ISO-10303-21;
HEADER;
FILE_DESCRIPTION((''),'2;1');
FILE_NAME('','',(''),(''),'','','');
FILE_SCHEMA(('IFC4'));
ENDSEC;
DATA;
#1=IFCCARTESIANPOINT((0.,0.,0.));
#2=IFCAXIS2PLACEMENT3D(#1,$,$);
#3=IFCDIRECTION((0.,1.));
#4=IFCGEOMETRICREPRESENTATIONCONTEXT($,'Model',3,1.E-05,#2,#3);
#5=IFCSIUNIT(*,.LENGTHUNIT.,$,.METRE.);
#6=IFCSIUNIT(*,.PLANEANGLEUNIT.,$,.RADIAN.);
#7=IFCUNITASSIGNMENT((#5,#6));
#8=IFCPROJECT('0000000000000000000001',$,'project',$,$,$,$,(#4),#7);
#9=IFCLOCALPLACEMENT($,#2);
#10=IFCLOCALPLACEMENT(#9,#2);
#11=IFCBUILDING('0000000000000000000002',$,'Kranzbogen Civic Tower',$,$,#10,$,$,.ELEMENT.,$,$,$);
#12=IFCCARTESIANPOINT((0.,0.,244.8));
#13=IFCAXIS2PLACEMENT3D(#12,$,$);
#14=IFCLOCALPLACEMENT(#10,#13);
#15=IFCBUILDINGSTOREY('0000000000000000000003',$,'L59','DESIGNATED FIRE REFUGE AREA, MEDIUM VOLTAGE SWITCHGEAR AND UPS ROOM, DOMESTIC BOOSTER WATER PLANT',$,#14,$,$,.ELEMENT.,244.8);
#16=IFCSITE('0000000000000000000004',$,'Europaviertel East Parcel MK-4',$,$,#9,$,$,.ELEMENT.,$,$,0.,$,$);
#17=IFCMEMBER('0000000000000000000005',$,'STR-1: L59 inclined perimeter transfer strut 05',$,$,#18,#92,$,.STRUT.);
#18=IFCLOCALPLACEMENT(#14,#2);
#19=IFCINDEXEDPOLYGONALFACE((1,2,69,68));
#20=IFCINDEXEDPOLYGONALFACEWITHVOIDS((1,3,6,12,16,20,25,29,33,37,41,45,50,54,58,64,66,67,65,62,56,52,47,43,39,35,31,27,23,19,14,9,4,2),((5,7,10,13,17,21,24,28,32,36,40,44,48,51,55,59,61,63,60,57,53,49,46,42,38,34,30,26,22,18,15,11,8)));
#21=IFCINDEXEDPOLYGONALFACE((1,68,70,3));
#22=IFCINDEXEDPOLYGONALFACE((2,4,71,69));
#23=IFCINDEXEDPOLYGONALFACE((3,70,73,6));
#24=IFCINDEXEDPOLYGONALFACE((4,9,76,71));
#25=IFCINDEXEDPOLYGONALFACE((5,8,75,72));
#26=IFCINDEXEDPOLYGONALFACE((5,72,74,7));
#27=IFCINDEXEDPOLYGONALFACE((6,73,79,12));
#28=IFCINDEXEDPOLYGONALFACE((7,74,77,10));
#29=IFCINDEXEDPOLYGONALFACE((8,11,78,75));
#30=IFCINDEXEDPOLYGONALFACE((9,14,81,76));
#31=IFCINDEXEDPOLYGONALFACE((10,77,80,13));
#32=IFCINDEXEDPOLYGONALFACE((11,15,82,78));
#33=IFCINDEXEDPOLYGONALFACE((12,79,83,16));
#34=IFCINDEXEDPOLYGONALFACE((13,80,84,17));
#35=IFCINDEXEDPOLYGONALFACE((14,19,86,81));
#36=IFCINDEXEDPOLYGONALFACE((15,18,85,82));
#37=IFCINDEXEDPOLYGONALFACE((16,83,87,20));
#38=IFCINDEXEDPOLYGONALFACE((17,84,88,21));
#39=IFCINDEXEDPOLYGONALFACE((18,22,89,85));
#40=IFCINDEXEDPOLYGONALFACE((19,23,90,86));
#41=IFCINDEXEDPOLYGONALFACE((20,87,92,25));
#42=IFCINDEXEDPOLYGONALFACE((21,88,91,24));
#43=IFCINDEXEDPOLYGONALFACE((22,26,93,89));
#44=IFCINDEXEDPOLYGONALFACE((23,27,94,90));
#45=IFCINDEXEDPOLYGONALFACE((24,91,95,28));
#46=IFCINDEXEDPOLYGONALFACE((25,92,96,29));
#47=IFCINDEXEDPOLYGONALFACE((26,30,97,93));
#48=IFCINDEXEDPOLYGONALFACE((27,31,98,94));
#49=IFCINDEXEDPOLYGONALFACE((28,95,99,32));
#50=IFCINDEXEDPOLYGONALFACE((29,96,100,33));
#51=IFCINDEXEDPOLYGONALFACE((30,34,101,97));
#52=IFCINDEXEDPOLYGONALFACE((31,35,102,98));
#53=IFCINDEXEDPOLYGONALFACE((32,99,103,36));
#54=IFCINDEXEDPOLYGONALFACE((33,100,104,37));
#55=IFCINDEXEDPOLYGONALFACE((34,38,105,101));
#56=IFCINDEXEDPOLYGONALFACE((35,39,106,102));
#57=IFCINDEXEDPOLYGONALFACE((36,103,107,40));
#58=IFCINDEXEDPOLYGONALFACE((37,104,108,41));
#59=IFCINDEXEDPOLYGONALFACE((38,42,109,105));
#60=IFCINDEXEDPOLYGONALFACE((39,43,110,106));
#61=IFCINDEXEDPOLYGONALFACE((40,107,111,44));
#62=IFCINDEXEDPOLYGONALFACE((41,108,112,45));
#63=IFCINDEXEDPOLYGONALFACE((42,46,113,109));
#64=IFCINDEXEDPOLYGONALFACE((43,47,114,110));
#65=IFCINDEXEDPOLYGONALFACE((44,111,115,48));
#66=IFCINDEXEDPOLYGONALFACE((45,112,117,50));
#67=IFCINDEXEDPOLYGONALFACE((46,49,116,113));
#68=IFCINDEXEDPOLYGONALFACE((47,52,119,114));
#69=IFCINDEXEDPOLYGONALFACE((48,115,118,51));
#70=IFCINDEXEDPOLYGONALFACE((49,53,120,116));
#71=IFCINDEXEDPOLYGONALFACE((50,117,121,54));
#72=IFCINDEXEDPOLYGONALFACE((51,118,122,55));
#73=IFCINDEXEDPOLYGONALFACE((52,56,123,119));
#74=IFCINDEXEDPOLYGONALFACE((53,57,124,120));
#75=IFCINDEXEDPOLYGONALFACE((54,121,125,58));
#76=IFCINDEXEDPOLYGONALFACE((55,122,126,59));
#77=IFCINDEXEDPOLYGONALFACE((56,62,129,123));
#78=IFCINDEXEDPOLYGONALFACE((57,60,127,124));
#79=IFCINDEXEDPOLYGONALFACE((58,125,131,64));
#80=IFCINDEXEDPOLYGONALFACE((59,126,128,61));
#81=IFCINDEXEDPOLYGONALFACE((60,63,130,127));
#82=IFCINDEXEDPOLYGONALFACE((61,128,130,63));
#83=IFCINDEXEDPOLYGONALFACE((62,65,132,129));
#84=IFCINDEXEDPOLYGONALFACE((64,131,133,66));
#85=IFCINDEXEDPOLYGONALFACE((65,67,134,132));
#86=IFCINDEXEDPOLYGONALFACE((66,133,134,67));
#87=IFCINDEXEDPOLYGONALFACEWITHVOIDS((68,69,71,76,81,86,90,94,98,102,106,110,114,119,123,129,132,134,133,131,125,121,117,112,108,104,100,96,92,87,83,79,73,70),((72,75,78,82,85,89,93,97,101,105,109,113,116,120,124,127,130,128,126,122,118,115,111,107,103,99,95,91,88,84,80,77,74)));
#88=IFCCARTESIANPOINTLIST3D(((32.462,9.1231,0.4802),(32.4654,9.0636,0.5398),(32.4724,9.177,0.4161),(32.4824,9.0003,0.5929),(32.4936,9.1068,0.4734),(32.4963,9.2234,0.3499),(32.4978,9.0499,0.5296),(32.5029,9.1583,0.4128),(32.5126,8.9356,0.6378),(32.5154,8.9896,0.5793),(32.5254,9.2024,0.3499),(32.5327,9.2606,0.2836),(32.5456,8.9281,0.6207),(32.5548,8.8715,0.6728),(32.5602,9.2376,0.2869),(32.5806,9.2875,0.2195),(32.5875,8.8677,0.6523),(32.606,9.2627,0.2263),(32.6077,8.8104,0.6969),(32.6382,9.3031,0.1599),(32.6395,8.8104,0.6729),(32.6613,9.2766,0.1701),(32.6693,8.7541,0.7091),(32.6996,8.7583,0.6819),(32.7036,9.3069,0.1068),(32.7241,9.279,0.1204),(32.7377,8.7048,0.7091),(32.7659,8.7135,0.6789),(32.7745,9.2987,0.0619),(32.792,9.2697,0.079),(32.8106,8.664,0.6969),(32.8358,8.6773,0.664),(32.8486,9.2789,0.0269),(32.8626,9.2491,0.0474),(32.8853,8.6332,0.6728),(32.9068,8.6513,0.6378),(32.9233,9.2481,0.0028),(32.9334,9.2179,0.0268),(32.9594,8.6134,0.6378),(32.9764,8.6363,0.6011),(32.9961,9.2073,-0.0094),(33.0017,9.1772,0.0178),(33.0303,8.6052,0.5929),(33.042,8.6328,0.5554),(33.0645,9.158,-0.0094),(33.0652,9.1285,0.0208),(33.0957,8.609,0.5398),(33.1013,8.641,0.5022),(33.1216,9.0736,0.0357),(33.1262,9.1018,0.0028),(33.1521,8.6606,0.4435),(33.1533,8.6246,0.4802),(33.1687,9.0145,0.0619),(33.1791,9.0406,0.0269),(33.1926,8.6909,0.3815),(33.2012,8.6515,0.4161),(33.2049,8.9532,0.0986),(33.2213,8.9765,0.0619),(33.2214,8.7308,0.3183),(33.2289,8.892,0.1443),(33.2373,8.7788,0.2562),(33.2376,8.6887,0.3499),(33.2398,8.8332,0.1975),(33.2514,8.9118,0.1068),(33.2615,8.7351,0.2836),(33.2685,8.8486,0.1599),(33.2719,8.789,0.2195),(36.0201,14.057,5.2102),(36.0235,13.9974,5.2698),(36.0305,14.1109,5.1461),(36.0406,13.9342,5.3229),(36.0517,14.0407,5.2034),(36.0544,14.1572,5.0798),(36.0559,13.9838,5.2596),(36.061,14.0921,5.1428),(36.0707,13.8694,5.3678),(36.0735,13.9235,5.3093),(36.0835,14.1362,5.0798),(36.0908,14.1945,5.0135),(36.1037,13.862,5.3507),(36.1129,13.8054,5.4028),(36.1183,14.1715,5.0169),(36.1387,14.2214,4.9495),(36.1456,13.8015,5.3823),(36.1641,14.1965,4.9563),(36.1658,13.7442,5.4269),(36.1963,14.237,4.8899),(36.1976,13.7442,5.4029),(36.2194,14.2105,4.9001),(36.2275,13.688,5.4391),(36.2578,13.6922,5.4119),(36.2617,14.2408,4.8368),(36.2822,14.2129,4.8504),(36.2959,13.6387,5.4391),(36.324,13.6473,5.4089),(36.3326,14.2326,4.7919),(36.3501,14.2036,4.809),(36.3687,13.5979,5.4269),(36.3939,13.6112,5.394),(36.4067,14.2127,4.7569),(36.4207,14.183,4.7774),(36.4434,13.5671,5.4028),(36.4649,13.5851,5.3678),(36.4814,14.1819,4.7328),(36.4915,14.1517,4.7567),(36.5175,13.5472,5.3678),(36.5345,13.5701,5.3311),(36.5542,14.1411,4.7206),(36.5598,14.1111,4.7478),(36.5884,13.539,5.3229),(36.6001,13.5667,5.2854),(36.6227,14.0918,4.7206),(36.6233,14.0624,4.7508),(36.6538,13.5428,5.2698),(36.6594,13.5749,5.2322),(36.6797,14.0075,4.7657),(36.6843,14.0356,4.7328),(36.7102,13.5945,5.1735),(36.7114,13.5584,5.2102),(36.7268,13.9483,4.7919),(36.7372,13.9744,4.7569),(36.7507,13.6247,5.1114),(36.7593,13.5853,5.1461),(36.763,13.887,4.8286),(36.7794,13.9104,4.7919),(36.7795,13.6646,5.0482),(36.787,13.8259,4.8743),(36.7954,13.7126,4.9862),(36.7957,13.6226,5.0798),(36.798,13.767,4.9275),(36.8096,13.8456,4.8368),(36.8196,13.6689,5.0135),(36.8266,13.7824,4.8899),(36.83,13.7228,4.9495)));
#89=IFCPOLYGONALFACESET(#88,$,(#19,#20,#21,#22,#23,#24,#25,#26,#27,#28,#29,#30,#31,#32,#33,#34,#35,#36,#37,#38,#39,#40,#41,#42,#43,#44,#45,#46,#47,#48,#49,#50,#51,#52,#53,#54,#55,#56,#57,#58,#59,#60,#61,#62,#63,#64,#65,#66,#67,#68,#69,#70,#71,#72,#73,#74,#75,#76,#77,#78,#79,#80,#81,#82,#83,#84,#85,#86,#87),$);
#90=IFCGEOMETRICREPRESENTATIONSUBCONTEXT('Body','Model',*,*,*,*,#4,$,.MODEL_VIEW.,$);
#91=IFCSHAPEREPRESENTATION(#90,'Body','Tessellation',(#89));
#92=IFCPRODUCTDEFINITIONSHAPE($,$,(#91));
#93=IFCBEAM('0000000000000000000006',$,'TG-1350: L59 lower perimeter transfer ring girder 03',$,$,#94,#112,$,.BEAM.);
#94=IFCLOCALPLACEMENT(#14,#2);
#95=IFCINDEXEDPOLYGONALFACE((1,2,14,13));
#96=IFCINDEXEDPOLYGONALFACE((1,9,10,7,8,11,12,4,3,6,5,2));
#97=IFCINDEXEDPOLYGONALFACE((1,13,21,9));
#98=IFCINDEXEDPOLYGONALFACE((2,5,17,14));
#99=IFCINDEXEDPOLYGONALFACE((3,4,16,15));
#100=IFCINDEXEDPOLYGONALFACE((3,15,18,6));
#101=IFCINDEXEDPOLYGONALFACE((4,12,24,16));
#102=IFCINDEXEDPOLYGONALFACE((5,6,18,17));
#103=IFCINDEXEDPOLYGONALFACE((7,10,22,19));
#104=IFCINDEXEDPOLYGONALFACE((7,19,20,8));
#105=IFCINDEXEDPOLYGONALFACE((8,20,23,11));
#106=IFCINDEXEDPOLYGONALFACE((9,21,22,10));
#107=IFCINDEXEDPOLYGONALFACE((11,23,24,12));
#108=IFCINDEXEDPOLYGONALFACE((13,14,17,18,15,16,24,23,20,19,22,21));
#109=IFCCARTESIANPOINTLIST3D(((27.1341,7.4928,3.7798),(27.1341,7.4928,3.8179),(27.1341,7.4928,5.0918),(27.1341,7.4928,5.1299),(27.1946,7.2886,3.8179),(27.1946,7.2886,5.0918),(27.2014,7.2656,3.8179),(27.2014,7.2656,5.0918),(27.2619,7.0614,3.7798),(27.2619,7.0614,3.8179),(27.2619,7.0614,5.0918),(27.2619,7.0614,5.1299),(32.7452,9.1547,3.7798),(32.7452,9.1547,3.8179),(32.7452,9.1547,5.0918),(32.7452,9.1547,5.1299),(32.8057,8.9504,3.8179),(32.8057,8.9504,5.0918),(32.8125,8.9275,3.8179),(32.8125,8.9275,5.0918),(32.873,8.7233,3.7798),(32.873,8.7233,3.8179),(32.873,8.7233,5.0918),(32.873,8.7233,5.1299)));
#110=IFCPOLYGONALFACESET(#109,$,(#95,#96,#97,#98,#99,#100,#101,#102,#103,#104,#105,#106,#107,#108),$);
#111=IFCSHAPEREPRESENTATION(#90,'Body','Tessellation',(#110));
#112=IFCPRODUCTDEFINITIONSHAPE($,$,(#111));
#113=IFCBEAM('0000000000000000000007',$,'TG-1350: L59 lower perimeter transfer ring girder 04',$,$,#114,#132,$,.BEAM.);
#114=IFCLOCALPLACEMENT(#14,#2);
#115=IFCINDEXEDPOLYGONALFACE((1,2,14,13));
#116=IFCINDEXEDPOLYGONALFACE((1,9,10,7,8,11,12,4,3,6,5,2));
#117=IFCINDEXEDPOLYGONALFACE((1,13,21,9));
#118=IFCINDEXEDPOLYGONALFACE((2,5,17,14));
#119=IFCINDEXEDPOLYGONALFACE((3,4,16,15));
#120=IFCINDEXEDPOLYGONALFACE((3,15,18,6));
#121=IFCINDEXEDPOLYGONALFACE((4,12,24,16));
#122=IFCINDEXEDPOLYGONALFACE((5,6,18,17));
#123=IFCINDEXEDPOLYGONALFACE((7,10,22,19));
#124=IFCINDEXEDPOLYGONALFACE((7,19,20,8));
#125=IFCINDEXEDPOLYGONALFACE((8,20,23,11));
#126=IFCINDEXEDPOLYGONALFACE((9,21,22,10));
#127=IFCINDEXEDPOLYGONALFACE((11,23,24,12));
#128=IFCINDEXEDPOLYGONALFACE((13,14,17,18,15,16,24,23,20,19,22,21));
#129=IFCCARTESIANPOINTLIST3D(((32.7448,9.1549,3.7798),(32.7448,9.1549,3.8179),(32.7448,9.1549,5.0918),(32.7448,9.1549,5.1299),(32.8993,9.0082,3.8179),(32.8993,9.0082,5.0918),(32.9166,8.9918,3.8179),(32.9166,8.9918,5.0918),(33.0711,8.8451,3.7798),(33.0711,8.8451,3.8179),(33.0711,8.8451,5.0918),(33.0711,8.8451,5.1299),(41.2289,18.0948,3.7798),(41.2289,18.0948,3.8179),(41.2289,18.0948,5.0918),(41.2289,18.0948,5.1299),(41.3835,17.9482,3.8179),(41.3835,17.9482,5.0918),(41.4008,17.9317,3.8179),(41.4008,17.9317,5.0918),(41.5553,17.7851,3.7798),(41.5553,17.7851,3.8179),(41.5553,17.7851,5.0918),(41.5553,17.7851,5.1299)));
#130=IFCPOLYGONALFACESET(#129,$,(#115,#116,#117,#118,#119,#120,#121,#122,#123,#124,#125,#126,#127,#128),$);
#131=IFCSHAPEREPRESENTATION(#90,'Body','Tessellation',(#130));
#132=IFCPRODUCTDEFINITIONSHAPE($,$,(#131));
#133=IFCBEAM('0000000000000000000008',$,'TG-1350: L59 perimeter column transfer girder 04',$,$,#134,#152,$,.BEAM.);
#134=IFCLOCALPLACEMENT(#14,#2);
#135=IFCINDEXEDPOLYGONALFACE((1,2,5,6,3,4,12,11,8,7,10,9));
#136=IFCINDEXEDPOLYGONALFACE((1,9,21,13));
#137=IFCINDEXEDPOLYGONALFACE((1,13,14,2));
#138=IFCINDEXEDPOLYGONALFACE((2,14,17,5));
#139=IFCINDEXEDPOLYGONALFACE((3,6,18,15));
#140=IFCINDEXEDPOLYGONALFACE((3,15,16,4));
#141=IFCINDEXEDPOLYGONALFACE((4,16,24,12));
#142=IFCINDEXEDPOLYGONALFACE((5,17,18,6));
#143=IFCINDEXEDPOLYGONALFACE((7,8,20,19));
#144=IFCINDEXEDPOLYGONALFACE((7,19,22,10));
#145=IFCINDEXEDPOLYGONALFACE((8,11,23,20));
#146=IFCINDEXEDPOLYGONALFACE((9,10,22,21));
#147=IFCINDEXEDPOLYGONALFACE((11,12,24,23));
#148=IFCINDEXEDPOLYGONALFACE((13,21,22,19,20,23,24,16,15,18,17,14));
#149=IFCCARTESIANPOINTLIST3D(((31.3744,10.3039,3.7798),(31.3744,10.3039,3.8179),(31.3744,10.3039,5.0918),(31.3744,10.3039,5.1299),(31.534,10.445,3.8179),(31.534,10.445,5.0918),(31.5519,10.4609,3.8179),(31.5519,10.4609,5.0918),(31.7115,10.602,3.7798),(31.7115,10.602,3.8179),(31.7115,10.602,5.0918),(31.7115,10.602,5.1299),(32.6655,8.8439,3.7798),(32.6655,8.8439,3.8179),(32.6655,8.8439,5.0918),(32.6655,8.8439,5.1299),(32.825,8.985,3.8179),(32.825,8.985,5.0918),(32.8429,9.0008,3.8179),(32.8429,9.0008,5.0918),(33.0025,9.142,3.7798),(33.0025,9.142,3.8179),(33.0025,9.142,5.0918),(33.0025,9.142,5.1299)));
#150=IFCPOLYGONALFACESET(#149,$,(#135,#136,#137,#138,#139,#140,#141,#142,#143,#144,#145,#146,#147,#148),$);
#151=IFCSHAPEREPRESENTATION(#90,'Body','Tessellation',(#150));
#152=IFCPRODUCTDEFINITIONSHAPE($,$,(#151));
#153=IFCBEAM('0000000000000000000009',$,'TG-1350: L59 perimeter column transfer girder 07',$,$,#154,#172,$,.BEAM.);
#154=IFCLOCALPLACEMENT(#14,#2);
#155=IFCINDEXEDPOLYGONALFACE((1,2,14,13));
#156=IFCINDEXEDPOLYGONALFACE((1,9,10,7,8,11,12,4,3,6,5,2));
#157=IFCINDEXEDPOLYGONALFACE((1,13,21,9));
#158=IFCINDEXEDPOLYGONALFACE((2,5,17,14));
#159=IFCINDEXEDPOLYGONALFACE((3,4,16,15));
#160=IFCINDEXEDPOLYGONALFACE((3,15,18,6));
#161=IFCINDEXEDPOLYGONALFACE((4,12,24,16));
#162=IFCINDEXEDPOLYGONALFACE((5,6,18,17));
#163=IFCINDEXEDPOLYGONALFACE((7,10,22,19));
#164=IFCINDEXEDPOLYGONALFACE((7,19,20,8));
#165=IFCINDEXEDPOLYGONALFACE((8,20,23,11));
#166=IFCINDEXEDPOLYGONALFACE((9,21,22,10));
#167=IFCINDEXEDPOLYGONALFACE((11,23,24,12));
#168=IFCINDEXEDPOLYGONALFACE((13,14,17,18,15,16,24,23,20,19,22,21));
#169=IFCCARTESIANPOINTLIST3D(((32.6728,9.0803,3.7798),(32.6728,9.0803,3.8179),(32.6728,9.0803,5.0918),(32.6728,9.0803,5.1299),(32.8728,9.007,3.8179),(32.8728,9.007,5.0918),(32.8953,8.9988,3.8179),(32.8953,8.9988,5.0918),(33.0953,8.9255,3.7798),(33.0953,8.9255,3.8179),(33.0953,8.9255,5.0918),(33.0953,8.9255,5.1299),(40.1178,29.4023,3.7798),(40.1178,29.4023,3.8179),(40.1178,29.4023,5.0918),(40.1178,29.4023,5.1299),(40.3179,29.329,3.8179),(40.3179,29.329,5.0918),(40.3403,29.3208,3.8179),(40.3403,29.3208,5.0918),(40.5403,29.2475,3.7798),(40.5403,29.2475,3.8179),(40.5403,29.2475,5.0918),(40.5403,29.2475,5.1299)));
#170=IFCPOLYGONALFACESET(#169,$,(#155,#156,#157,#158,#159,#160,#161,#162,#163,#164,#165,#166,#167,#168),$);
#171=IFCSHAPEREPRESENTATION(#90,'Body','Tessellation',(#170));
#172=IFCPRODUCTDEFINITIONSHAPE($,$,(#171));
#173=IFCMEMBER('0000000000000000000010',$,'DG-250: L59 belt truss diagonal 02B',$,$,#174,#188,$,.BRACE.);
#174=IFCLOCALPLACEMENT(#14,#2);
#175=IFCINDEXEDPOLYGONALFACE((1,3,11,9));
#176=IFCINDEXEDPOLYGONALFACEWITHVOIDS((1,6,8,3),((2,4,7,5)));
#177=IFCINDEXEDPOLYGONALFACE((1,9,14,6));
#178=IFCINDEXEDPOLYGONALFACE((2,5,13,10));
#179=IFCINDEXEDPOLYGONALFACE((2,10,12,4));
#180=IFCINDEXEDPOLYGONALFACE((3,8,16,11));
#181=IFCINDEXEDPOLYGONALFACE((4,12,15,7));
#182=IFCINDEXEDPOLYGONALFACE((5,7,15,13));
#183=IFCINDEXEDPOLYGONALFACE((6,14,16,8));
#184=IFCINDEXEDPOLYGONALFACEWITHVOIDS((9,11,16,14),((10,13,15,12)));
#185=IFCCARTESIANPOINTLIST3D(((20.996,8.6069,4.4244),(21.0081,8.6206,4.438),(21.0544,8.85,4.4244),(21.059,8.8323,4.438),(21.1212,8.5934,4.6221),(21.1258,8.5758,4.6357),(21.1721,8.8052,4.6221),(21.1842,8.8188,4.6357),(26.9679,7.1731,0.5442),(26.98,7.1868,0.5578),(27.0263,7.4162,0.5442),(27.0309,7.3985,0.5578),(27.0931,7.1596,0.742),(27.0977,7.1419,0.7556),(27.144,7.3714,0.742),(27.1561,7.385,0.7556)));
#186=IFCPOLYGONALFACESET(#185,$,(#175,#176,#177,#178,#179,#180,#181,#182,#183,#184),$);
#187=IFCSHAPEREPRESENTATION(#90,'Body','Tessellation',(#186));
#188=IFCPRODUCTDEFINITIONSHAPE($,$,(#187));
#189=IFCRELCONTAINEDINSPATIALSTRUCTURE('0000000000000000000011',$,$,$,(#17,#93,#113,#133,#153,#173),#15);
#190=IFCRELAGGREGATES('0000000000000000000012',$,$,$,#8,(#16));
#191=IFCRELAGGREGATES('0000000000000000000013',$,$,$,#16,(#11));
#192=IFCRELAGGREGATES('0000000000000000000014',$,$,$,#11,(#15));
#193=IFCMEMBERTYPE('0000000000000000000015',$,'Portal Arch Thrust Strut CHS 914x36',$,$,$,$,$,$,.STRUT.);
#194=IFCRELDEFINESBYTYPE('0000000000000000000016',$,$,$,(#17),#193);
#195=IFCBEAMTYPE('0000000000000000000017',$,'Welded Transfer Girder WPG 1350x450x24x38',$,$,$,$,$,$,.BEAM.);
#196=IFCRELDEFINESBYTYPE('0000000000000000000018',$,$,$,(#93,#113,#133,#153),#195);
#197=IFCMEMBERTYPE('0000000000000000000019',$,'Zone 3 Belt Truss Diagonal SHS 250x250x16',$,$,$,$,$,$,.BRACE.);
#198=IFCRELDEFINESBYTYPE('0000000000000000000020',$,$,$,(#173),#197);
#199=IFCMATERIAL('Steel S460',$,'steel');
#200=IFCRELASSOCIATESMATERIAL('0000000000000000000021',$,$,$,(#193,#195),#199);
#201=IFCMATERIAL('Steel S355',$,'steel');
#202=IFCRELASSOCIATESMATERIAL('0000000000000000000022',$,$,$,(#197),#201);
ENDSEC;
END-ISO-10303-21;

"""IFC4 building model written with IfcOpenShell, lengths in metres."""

from ifc_helpers import new_model, si_unit, direction, frame, origin, origin_2d, place, context, subcontext, project, spatial, hollow_rectangle, hollow_circle, i_section, extrude, material, material_profile, profile_set, type_object, element, save


model = new_model("IFC4")

# Units and contexts
model_context = context("Model", 3, precision=1e-05, world=origin(), true_north=direction((0.0, 1.0)))
body_context = subcontext(model_context, "Body", "Model", "MODEL_VIEW")
ifc_project = project(units=[si_unit("LENGTHUNIT", "METRE"), si_unit("PLANEANGLEUNIT", "RADIAN")], contexts=[model_context])

# Site, building, storey
site_placement = place(None, origin())
site = spatial("IfcSite", under=ifc_project, at=site_placement, Name="Europaviertel East Parcel MK-4", CompositionType="ELEMENT", RefElevation=0.0)
building_placement = place(site_placement, origin())
building = spatial("IfcBuilding", under=site, at=building_placement, Name="Kranzbogen Civic Tower", CompositionType="ELEMENT")
storey_placement = place(building_placement, frame((0.0, 0.0, 244.8)))
storey = spatial("IfcBuildingStorey", under=building, at=storey_placement, Name="L59", Description="DESIGNATED FIRE REFUGE AREA, MEDIUM VOLTAGE SWITCHGEAR AND UPS ROOM, DOMESTIC BOOSTER WATER PLANT", CompositionType="ELEMENT", Elevation=244.8)

# Shared definitions
ifc_material_1 = material(Name="Steel S355", Category="steel")

# Member
ifc_material_2 = material(Name="Steel S460", Category="steel")
ifc_material_profile_1 = material_profile(ifc_material_2, hollow_circle(Radius=0.457, WallThickness=0.0359, at=origin_2d()), Name="CHS 914x36")
ifc_profile_set_1 = profile_set([ifc_material_profile_1], Name="Steel S460")
member_type_1 = type_object("IfcMemberType", Name="Portal Arch Thrust Strut CHS 914x36", PredefinedType="STRUT", material=ifc_profile_set_1)
member_1_placement = place(storey_placement, frame((32.8669, 8.9561, 0.3499), z_axis=(0.461758, 0.640296, 0.61384), x_axis=(-0.811086, 0.584926, 0.0)))
element("IfcMember", 1, at=member_1_placement, inside=storey, type_object=member_type_1, Name="STR-1: L59 inclined perimeter transfer strut 05", PredefinedType="STRUT", context=body_context, shape_type="SweptSolid", body=[
    extrude(hollow_circle(Radius=0.457, WallThickness=0.0359, at=origin_2d()), origin(), (0.0, 0.0, 1.0), 7.7056),
])

# Beams
ifc_material_profile_2 = material_profile(ifc_material_2, i_section(OverallWidth=0.45, OverallDepth=1.3501, WebThickness=0.0239, FlangeThickness=0.0381, at=origin_2d()), Name="WPG 1350x450x24x38")
ifc_profile_set_2 = profile_set([ifc_material_profile_2], Name="Steel S460")
beam_type = type_object("IfcBeamType", Name="Welded Transfer Girder WPG 1350x450x24x38", PredefinedType="BEAM", material=ifc_profile_set_2)
beam_1_placement = place(storey_placement, frame((27.198, 7.2771, 4.4548), z_axis=(0.95883, 0.283982, 0.0), x_axis=(-0.283982, 0.95883, 0.0)))
element("IfcBeam", 2, at=beam_1_placement, inside=storey, type_object=beam_type, Name="TG-1350: L59 lower perimeter transfer ring girder 03", PredefinedType="BEAM", context=body_context, shape_type="SweptSolid", body=[
    extrude(i_section(OverallWidth=0.45, OverallDepth=1.3501, WebThickness=0.0239, FlangeThickness=0.0381, at=origin_2d()), origin(), (0.0, 0.0, 1.0), 5.8521),
])
beam_2_placement = place(storey_placement, frame((32.908, 9.0, 4.4548), z_axis=(0.688373, 0.725356, 0.0), x_axis=(-0.725356, 0.688373, 0.0)))
element("IfcBeam", 3, at=beam_2_placement, inside=storey, type_object=beam_type, Name="TG-1350: L59 lower perimeter transfer ring girder 04", PredefinedType="BEAM", context=body_context, shape_type="SweptSolid", body=[
    extrude(i_section(OverallWidth=0.45, OverallDepth=1.3501, WebThickness=0.0239, FlangeThickness=0.0381, at=origin_2d()), origin(), (0.0, 0.0, 1.0), 12.325),
])
beam_3_placement = place(storey_placement, frame((32.834, 8.9929, 4.4548), z_axis=(-0.662433, 0.749121, 0.0), x_axis=(-0.749121, -0.662433, 0.0)))
element("IfcBeam", 4, at=beam_3_placement, inside=storey, type_object=beam_type, Name="TG-1350: L59 perimeter column transfer girder 04", PredefinedType="BEAM", context=body_context, shape_type="SweptSolid", body=[
    extrude(i_section(OverallWidth=0.45, OverallDepth=1.3501, WebThickness=0.0239, FlangeThickness=0.0381, at=origin_2d()), origin(), (0.0, 0.0, 1.0), 1.949),
])
beam_4_placement = place(storey_placement, frame((32.884, 9.0029, 4.4548), z_axis=(0.343996, 0.938971, 0.0), x_axis=(-0.938971, 0.343996, 0.0)))
element("IfcBeam", 5, at=beam_4_placement, inside=storey, type_object=beam_type, Name="TG-1350: L59 perimeter column transfer girder 07", PredefinedType="BEAM", context=body_context, shape_type="SweptSolid", body=[
    extrude(i_section(OverallWidth=0.45, OverallDepth=1.3501, WebThickness=0.0239, FlangeThickness=0.0381, at=origin_2d()), origin(), (0.0, 0.0, 1.0), 21.6428),
])

# Member
ifc_material_profile_3 = material_profile(ifc_material_1, hollow_rectangle(XDim=0.25, YDim=0.25, WallThickness=0.0161, at=origin_2d()), Name="SHS 250x250x16")
ifc_profile_set_3 = profile_set([ifc_material_profile_3], Name="Steel S355")
member_type_2 = type_object("IfcMemberType", Name="Zone 3 Belt Truss Diagonal SHS 250x250x16", PredefinedType="BRACE", material=ifc_profile_set_3)
member_2_placement = place(storey_placement, frame((27.062, 7.2791, 0.6499), z_axis=(-0.822052, 0.197372, 0.534111), x_axis=(-0.233462, -0.972366, 0.0)))
element("IfcMember", 6, at=member_2_placement, inside=storey, type_object=member_type_2, Name="DG-250: L59 belt truss diagonal 02B", PredefinedType="BRACE", context=body_context, shape_type="SweptSolid", body=[
    extrude(hollow_rectangle(XDim=0.25, YDim=0.25, WallThickness=0.0161, at=origin_2d()), origin(), (0.0, 0.0, 1.0), 7.2646),
])

save(model, "model.ifc")
